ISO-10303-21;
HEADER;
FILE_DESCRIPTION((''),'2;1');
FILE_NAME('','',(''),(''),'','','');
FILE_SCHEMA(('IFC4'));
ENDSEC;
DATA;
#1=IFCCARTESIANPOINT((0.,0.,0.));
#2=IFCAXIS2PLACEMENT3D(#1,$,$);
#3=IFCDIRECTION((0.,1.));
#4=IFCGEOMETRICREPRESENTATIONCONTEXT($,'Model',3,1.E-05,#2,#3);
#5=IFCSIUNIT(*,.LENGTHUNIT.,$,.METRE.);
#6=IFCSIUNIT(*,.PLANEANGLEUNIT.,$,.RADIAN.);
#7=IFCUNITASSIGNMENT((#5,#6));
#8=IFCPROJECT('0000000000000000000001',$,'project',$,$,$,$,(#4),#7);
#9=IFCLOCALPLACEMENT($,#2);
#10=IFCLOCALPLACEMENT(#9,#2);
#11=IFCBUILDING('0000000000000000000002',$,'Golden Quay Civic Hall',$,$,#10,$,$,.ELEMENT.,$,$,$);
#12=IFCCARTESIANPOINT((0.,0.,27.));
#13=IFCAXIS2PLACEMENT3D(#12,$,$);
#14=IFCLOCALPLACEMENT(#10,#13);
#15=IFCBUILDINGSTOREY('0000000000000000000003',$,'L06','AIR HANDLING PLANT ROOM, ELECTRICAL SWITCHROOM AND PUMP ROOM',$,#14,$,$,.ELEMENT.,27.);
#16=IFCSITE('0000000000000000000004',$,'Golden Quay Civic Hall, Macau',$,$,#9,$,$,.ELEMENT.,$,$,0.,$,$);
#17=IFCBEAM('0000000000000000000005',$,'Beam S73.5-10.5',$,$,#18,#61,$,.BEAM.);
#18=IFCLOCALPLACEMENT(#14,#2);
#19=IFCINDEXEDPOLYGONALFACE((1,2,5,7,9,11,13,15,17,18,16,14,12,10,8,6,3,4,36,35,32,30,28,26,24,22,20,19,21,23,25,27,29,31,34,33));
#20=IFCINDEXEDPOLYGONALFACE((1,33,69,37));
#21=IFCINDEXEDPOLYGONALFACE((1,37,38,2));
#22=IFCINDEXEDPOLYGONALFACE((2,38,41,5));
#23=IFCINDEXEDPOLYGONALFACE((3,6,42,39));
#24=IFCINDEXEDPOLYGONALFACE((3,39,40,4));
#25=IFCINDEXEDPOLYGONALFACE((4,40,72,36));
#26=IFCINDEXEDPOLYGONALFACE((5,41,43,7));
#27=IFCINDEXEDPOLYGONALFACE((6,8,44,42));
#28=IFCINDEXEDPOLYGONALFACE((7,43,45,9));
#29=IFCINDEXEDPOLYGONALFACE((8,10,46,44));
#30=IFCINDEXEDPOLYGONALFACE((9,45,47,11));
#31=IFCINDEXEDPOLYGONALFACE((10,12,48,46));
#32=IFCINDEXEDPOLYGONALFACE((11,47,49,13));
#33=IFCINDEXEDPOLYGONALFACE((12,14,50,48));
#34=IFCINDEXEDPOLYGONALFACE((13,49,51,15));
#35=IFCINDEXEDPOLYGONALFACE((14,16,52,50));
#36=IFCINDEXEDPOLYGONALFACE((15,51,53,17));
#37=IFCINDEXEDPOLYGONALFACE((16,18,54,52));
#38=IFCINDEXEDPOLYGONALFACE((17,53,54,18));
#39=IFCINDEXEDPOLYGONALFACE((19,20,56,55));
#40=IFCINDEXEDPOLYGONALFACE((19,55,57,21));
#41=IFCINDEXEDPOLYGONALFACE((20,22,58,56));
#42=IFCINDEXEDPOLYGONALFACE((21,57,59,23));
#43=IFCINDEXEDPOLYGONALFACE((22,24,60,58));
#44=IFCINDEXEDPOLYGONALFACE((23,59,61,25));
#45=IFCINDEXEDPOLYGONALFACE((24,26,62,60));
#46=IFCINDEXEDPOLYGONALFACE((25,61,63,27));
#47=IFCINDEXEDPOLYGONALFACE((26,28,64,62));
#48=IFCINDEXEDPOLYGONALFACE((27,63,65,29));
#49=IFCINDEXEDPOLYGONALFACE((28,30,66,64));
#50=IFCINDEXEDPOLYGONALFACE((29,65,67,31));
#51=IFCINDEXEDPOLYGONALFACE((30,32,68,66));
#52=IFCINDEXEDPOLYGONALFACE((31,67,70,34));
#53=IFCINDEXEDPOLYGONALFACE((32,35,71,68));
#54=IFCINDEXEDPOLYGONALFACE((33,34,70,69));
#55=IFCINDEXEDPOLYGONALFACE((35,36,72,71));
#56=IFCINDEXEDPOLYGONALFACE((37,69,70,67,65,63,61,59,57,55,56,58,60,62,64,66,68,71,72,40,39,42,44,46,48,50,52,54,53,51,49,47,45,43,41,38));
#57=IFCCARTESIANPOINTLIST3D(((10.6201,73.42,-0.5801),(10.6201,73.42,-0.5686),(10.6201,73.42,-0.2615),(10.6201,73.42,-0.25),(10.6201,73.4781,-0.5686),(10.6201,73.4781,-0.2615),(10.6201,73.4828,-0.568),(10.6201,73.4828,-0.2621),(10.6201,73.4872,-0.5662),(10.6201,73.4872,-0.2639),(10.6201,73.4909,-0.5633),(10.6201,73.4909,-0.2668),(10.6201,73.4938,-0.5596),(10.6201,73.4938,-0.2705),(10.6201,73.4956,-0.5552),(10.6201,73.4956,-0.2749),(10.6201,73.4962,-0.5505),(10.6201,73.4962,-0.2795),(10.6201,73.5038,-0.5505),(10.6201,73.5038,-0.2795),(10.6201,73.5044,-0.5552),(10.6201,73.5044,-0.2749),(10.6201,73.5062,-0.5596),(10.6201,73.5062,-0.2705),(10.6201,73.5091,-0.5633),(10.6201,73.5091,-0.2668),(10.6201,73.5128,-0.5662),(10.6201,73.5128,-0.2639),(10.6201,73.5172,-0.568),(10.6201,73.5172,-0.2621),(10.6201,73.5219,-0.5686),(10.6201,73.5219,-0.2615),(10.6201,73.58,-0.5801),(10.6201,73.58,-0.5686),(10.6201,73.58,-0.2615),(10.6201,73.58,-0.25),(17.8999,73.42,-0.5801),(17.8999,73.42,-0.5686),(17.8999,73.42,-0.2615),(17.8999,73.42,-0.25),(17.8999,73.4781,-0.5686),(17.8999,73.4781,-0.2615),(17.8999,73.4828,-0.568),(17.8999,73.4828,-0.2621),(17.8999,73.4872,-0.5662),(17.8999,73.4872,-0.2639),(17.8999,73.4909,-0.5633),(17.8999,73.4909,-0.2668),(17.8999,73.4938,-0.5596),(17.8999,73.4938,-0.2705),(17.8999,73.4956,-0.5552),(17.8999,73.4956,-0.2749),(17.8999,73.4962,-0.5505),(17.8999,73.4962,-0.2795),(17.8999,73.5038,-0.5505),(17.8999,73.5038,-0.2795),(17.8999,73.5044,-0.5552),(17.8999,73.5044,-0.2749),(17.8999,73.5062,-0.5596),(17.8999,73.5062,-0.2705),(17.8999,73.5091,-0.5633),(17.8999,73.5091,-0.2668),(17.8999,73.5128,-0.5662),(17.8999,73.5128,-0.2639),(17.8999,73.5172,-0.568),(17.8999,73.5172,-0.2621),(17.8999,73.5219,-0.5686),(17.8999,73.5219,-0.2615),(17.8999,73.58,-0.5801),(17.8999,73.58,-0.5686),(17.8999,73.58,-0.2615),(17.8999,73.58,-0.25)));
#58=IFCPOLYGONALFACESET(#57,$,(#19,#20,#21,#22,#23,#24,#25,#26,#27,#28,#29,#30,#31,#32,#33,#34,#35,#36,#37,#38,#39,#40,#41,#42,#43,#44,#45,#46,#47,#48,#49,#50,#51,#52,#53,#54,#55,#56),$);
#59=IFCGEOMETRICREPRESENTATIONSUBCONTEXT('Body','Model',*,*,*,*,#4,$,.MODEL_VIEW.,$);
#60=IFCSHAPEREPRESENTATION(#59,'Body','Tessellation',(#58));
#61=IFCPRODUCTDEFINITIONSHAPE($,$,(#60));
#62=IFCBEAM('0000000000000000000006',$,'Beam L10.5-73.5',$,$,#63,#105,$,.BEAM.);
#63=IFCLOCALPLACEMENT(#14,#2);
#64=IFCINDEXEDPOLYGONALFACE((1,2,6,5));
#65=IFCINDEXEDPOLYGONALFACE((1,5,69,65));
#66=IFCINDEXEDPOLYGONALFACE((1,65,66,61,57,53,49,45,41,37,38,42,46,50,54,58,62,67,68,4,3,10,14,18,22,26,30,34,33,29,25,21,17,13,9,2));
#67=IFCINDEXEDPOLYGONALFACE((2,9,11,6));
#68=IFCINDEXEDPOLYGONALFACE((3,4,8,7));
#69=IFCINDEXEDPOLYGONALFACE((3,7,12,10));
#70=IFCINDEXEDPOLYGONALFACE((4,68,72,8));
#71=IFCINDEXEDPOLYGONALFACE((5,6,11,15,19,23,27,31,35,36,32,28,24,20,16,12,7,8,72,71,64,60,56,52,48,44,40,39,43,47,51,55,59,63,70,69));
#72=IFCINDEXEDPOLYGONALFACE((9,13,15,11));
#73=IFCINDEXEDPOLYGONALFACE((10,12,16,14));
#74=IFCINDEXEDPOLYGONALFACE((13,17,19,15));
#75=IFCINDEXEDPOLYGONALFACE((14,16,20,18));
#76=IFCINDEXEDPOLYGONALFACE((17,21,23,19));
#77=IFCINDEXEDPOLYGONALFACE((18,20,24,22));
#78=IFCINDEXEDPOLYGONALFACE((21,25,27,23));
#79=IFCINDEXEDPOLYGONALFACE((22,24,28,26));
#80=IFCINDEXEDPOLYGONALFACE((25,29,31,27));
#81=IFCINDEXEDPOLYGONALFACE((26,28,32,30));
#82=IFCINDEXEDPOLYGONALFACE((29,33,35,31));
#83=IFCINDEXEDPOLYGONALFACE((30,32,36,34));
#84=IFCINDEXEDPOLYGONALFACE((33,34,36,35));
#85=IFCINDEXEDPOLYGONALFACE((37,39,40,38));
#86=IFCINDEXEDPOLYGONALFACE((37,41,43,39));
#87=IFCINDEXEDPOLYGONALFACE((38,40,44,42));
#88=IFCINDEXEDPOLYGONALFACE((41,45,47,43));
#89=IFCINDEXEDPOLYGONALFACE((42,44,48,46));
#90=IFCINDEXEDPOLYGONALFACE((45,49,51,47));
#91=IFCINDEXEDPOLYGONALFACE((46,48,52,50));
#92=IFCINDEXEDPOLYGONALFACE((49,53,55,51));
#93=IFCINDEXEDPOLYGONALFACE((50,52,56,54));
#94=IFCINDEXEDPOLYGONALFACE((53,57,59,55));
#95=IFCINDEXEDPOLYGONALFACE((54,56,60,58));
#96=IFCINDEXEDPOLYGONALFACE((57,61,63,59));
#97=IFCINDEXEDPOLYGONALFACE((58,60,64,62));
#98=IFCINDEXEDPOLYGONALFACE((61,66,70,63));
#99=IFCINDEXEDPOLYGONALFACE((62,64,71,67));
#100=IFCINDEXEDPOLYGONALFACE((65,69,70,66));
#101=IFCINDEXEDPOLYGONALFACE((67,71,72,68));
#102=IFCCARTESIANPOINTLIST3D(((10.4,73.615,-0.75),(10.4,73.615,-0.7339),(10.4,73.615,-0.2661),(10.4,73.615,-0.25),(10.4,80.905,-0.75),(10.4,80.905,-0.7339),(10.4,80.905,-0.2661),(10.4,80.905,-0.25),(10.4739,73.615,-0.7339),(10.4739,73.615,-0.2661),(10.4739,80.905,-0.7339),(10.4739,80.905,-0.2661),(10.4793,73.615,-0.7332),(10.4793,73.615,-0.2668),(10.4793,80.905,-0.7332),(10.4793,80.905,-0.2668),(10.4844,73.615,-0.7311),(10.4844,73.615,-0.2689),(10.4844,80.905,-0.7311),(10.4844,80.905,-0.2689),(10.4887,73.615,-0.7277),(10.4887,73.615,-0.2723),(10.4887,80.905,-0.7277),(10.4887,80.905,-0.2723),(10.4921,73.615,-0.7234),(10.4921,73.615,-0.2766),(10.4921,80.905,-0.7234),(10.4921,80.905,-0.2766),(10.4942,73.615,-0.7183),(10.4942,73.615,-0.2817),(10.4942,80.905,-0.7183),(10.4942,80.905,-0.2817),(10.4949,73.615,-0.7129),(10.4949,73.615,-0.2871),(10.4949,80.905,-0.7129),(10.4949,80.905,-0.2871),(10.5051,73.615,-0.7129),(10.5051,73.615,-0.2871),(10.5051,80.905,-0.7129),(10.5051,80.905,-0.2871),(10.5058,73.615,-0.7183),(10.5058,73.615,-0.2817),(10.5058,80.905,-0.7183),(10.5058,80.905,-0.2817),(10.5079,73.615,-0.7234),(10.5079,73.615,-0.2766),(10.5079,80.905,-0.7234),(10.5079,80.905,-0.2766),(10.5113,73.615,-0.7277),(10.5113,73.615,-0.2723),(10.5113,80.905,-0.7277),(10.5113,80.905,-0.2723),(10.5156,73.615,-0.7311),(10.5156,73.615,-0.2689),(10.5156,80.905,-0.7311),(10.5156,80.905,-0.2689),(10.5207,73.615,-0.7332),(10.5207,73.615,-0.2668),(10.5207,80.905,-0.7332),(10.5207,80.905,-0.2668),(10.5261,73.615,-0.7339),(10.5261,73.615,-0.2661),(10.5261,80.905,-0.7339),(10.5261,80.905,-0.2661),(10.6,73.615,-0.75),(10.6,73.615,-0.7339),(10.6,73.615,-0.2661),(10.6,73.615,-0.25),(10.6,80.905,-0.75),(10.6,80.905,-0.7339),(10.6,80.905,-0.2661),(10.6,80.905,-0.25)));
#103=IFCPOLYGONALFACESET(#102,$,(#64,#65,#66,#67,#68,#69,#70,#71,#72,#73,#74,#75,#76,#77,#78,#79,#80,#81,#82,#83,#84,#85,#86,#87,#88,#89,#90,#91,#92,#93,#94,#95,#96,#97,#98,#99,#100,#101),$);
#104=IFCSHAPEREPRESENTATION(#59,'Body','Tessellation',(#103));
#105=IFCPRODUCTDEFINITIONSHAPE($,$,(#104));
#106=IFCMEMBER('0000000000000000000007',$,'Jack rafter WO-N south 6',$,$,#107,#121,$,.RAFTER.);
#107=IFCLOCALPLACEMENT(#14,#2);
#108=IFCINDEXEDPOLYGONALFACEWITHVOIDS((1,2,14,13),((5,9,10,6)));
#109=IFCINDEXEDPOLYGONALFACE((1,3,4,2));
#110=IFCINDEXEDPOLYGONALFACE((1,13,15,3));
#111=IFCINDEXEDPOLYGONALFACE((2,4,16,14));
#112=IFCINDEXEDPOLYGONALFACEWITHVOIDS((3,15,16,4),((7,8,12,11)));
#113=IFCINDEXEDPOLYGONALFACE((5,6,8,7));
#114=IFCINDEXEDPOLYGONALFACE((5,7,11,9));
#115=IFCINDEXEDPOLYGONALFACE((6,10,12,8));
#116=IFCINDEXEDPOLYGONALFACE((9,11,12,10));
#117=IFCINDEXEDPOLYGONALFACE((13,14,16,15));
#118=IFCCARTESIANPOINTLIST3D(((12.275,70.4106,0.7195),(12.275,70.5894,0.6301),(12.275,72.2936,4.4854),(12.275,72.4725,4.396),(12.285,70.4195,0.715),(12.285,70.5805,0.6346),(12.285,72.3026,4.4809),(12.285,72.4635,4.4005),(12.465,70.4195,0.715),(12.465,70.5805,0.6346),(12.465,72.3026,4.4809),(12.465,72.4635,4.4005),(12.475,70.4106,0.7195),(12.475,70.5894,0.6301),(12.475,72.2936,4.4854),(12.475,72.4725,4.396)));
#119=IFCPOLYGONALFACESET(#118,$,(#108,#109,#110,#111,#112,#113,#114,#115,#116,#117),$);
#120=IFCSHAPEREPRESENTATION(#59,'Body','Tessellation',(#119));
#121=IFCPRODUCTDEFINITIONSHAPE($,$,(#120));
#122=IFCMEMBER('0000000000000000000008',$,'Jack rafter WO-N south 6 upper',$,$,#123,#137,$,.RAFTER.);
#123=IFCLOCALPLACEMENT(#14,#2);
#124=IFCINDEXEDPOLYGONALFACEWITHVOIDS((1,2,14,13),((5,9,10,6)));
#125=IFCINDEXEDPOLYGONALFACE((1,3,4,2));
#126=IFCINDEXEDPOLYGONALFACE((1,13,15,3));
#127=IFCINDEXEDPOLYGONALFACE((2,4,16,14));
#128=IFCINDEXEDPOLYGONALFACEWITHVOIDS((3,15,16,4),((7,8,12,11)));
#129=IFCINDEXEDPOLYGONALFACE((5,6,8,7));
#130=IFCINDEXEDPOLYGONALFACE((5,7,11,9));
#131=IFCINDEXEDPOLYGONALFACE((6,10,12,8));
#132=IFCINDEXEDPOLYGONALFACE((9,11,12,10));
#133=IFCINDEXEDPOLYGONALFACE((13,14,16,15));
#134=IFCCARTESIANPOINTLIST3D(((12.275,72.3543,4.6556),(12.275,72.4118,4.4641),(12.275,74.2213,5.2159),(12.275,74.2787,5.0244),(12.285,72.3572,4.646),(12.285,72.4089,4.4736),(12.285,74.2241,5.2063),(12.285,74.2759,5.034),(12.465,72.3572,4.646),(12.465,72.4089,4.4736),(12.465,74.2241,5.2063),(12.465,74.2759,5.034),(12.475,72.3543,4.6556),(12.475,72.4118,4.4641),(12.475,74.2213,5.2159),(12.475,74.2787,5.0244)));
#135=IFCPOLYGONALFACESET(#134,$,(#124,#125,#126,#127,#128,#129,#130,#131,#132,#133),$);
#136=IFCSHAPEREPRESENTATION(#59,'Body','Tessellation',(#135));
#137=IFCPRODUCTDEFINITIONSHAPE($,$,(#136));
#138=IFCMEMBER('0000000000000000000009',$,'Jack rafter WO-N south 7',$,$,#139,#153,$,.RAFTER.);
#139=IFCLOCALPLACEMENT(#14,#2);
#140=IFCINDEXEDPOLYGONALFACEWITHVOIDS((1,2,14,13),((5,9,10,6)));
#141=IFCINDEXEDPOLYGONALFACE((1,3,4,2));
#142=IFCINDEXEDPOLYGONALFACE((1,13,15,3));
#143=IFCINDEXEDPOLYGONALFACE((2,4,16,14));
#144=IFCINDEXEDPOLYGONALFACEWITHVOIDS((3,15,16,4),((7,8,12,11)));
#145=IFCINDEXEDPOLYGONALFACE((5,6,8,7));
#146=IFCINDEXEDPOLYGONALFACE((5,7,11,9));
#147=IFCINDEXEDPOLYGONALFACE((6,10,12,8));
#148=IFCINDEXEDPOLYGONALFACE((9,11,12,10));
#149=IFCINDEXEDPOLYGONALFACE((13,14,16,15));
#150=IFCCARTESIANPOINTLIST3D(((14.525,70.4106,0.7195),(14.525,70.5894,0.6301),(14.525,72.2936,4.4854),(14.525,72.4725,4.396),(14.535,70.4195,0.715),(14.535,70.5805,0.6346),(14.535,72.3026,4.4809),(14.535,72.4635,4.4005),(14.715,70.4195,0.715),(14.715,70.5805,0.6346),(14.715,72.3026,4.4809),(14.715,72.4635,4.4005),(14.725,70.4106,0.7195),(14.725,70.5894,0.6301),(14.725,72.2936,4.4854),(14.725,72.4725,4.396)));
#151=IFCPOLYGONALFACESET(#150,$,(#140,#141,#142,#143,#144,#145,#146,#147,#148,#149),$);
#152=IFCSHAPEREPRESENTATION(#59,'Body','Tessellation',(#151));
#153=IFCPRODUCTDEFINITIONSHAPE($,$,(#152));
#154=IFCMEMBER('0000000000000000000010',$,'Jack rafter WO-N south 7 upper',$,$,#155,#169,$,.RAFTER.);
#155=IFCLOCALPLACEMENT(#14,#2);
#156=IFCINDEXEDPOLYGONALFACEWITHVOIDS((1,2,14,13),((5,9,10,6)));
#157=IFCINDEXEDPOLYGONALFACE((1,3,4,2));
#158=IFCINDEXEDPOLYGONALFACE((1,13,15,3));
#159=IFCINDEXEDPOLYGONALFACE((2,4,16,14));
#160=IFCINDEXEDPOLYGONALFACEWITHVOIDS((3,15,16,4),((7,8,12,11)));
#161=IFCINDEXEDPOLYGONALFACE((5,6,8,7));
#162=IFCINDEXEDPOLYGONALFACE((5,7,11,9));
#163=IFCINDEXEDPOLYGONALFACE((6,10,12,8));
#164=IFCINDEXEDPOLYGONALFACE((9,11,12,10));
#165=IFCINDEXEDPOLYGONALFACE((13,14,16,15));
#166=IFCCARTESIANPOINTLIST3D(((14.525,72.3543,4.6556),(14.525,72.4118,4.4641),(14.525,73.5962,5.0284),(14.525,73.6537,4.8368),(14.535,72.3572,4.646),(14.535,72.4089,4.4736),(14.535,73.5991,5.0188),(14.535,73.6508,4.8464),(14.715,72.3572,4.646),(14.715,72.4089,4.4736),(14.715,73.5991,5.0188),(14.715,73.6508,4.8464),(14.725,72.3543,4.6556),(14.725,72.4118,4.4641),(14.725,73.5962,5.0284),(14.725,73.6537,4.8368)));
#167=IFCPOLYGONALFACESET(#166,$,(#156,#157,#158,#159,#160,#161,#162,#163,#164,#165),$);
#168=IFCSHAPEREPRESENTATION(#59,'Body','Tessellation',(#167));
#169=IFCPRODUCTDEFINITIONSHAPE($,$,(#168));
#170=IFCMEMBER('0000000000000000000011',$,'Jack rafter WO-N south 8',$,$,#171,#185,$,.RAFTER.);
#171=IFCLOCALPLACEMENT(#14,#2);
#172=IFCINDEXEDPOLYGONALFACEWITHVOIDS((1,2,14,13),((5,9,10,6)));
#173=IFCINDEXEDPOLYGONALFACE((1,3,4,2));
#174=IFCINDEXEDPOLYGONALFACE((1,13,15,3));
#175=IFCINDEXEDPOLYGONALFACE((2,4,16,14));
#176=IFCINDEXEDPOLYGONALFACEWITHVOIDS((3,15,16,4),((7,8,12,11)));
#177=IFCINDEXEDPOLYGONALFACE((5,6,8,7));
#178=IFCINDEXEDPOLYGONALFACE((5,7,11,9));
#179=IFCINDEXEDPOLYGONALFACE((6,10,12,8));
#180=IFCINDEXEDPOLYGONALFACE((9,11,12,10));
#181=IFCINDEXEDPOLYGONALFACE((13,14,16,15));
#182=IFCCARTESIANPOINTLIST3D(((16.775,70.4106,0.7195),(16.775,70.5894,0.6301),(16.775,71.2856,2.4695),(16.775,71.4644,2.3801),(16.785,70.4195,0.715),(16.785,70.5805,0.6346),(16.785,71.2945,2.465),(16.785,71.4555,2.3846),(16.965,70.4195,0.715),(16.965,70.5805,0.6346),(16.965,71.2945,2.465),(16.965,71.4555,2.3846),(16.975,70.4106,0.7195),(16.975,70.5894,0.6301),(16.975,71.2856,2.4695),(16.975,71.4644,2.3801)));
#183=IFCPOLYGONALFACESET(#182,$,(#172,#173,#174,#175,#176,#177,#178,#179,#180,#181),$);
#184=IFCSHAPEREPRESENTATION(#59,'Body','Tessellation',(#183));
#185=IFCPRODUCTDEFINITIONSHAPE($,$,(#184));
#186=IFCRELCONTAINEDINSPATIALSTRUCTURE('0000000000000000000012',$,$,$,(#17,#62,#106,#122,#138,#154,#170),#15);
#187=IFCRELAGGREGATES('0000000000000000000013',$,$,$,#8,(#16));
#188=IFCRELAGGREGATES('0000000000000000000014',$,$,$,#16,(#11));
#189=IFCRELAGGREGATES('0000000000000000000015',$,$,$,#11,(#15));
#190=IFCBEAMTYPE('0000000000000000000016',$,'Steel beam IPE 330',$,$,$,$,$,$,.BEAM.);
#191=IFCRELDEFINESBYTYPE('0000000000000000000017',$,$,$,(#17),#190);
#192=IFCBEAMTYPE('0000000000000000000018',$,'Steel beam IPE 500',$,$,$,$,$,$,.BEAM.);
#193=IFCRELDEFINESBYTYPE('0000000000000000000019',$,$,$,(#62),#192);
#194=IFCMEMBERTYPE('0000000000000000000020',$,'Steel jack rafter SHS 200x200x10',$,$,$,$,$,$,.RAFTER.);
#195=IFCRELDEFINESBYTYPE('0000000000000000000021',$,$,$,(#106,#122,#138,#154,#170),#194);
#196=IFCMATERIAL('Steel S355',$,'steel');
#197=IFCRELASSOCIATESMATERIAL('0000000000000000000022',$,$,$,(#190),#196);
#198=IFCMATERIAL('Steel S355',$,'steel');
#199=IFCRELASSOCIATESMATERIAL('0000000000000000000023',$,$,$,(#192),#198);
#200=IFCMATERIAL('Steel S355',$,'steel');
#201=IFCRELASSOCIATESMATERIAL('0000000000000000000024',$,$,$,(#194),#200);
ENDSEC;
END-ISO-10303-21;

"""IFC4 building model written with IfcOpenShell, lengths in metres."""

from ifc_helpers import new_model, si_unit, direction, frame, origin, origin_2d, place, context, subcontext, project, spatial, hollow_rectangle, i_section, extrude, material, material_profile, profile_set, type_object, element, save


model = new_model("IFC4")

# Units and contexts
model_context = context("Model", 3, precision=1e-05, world=origin(), true_north=direction((0.0, 1.0)))
body_context = subcontext(model_context, "Body", "Model", "MODEL_VIEW")
ifc_project = project(units=[si_unit("LENGTHUNIT", "METRE"), si_unit("PLANEANGLEUNIT", "RADIAN")], contexts=[model_context])

# Site, building, storey
site_placement = place(None, origin())
site = spatial("IfcSite", under=ifc_project, at=site_placement, Name="Golden Quay Civic Hall, Macau", CompositionType="ELEMENT", RefElevation=0.0)
building_placement = place(site_placement, origin())
building = spatial("IfcBuilding", under=site, at=building_placement, Name="Golden Quay Civic Hall", CompositionType="ELEMENT")
storey_placement = place(building_placement, frame((0.0, 0.0, 27.0)))
storey = spatial("IfcBuildingStorey", under=building, at=storey_placement, Name="L06", Description="AIR HANDLING PLANT ROOM, ELECTRICAL SWITCHROOM AND PUMP ROOM", CompositionType="ELEMENT", Elevation=27.0)

# Beams
ifc_material_1 = material(Name="Steel S355", Category="steel")
ifc_material_profile_1 = material_profile(ifc_material_1, i_section(OverallWidth=0.1599, OverallDepth=0.3301, WebThickness=0.0076, FlangeThickness=0.0115, FilletRadius=0.0181, at=origin_2d()), Name="IPE 330")
ifc_profile_set_1 = profile_set([ifc_material_profile_1], Name="Steel S355")
beam_type_1 = type_object("IfcBeamType", Name="Steel beam IPE 330", PredefinedType="BEAM", material=ifc_profile_set_1)
beam_1_placement = place(storey_placement, frame((10.6201, 73.5, -0.415), z_axis=(1.0, 0.0, 0.0), x_axis=(0.0, 1.0, 0.0)))
element("IfcBeam", 1, at=beam_1_placement, inside=storey, type_object=beam_type_1, Name="Beam S73.5-10.5", PredefinedType="BEAM", context=body_context, shape_type="SweptSolid", body=[
    extrude(i_section(OverallWidth=0.1599, OverallDepth=0.3301, WebThickness=0.0076, FlangeThickness=0.0115, FilletRadius=0.0181, at=origin_2d()), origin(), (0.0, 0.0, 1.0), 7.2798),
])
ifc_material_2 = material(Name="Steel S355", Category="steel")
ifc_material_profile_2 = material_profile(ifc_material_2, i_section(OverallWidth=0.2, OverallDepth=0.5, WebThickness=0.0103, FlangeThickness=0.0161, FilletRadius=0.021, at=origin_2d()), Name="IPE 500")
ifc_profile_set_2 = profile_set([ifc_material_profile_2], Name="Steel S355")
beam_type_2 = type_object("IfcBeamType", Name="Steel beam IPE 500", PredefinedType="BEAM", material=ifc_profile_set_2)
beam_2_placement = place(storey_placement, frame((10.5, 73.615, -0.5), z_axis=(0.0, 1.0, 0.0), x_axis=(-1.0, 0.0, 0.0)))
element("IfcBeam", 2, at=beam_2_placement, inside=storey, type_object=beam_type_2, Name="Beam L10.5-73.5", PredefinedType="BEAM", context=body_context, shape_type="SweptSolid", body=[
    extrude(i_section(OverallWidth=0.2, OverallDepth=0.5, WebThickness=0.0103, FlangeThickness=0.0161, FilletRadius=0.021, at=origin_2d()), origin(), (0.0, 0.0, 1.0), 7.29),
])

# Members
ifc_material_3 = material(Name="Steel S355", Category="steel")
ifc_material_profile_3 = material_profile(ifc_material_3, hollow_rectangle(XDim=0.2, YDim=0.2, WallThickness=0.01, at=origin_2d()), Name="SHS 200x200x10")
ifc_profile_set_3 = profile_set([ifc_material_profile_3], Name="Steel S355")
member_type_1 = type_object("IfcMemberType", Name="Steel jack rafter SHS 200x200x10", PredefinedType="RAFTER", material=ifc_profile_set_3)
member_1_placement = place(storey_placement, frame((12.375, 70.5, 0.6748), z_axis=(0.0, 0.447237, 0.894416), x_axis=(-1.0, 0.0, 0.0)))
element("IfcMember", 3, at=member_1_placement, inside=storey, type_object=member_type_1, Name="Jack rafter WO-N south 6", PredefinedType="RAFTER", context=body_context, shape_type="SweptSolid", body=[
    extrude(hollow_rectangle(XDim=0.2, YDim=0.2, WallThickness=0.01, at=origin_2d()), origin(), (0.0, 0.0, 1.0), 4.2104),
])
member_2_placement = place(storey_placement, frame((12.375, 72.3831, 4.5598), z_axis=(0.0, 0.957795, 0.287451), x_axis=(-1.0, 0.0, 0.0)))
element("IfcMember", 4, at=member_2_placement, inside=storey, type_object=member_type_1, Name="Jack rafter WO-N south 6 upper", PredefinedType="RAFTER", context=body_context, shape_type="SweptSolid", body=[
    extrude(hollow_rectangle(XDim=0.2, YDim=0.2, WallThickness=0.01, at=origin_2d()), origin(), (0.0, 0.0, 1.0), 1.9492),
])
member_3_placement = place(storey_placement, frame((14.625, 70.5, 0.6748), z_axis=(0.0, 0.447237, 0.894416), x_axis=(-1.0, 0.0, 0.0)))
element("IfcMember", 5, at=member_3_placement, inside=storey, type_object=member_type_1, Name="Jack rafter WO-N south 7", PredefinedType="RAFTER", context=body_context, shape_type="SweptSolid", body=[
    extrude(hollow_rectangle(XDim=0.2, YDim=0.2, WallThickness=0.01, at=origin_2d()), origin(), (0.0, 0.0, 1.0), 4.2104),
])
member_4_placement = place(storey_placement, frame((14.625, 72.3831, 4.5598), z_axis=(0.0, 0.95778, 0.287503), x_axis=(-1.0, 0.0, 0.0)))
element("IfcMember", 6, at=member_4_placement, inside=storey, type_object=member_type_1, Name="Jack rafter WO-N south 7 upper", PredefinedType="RAFTER", context=body_context, shape_type="SweptSolid", body=[
    extrude(hollow_rectangle(XDim=0.2, YDim=0.2, WallThickness=0.01, at=origin_2d()), origin(), (0.0, 0.0, 1.0), 1.2966),
])
member_5_placement = place(storey_placement, frame((16.875, 70.5, 0.6748), z_axis=(0.0, 0.447214, 0.894427), x_axis=(-1.0, 0.0, 0.0)))
element("IfcMember", 7, at=member_5_placement, inside=storey, type_object=member_type_1, Name="Jack rafter WO-N south 8", PredefinedType="RAFTER", context=body_context, shape_type="SweptSolid", body=[
    extrude(hollow_rectangle(XDim=0.2, YDim=0.2, WallThickness=0.01, at=origin_2d()), origin(), (0.0, 0.0, 1.0), 1.9565),
])

save(model, "model.ifc")
